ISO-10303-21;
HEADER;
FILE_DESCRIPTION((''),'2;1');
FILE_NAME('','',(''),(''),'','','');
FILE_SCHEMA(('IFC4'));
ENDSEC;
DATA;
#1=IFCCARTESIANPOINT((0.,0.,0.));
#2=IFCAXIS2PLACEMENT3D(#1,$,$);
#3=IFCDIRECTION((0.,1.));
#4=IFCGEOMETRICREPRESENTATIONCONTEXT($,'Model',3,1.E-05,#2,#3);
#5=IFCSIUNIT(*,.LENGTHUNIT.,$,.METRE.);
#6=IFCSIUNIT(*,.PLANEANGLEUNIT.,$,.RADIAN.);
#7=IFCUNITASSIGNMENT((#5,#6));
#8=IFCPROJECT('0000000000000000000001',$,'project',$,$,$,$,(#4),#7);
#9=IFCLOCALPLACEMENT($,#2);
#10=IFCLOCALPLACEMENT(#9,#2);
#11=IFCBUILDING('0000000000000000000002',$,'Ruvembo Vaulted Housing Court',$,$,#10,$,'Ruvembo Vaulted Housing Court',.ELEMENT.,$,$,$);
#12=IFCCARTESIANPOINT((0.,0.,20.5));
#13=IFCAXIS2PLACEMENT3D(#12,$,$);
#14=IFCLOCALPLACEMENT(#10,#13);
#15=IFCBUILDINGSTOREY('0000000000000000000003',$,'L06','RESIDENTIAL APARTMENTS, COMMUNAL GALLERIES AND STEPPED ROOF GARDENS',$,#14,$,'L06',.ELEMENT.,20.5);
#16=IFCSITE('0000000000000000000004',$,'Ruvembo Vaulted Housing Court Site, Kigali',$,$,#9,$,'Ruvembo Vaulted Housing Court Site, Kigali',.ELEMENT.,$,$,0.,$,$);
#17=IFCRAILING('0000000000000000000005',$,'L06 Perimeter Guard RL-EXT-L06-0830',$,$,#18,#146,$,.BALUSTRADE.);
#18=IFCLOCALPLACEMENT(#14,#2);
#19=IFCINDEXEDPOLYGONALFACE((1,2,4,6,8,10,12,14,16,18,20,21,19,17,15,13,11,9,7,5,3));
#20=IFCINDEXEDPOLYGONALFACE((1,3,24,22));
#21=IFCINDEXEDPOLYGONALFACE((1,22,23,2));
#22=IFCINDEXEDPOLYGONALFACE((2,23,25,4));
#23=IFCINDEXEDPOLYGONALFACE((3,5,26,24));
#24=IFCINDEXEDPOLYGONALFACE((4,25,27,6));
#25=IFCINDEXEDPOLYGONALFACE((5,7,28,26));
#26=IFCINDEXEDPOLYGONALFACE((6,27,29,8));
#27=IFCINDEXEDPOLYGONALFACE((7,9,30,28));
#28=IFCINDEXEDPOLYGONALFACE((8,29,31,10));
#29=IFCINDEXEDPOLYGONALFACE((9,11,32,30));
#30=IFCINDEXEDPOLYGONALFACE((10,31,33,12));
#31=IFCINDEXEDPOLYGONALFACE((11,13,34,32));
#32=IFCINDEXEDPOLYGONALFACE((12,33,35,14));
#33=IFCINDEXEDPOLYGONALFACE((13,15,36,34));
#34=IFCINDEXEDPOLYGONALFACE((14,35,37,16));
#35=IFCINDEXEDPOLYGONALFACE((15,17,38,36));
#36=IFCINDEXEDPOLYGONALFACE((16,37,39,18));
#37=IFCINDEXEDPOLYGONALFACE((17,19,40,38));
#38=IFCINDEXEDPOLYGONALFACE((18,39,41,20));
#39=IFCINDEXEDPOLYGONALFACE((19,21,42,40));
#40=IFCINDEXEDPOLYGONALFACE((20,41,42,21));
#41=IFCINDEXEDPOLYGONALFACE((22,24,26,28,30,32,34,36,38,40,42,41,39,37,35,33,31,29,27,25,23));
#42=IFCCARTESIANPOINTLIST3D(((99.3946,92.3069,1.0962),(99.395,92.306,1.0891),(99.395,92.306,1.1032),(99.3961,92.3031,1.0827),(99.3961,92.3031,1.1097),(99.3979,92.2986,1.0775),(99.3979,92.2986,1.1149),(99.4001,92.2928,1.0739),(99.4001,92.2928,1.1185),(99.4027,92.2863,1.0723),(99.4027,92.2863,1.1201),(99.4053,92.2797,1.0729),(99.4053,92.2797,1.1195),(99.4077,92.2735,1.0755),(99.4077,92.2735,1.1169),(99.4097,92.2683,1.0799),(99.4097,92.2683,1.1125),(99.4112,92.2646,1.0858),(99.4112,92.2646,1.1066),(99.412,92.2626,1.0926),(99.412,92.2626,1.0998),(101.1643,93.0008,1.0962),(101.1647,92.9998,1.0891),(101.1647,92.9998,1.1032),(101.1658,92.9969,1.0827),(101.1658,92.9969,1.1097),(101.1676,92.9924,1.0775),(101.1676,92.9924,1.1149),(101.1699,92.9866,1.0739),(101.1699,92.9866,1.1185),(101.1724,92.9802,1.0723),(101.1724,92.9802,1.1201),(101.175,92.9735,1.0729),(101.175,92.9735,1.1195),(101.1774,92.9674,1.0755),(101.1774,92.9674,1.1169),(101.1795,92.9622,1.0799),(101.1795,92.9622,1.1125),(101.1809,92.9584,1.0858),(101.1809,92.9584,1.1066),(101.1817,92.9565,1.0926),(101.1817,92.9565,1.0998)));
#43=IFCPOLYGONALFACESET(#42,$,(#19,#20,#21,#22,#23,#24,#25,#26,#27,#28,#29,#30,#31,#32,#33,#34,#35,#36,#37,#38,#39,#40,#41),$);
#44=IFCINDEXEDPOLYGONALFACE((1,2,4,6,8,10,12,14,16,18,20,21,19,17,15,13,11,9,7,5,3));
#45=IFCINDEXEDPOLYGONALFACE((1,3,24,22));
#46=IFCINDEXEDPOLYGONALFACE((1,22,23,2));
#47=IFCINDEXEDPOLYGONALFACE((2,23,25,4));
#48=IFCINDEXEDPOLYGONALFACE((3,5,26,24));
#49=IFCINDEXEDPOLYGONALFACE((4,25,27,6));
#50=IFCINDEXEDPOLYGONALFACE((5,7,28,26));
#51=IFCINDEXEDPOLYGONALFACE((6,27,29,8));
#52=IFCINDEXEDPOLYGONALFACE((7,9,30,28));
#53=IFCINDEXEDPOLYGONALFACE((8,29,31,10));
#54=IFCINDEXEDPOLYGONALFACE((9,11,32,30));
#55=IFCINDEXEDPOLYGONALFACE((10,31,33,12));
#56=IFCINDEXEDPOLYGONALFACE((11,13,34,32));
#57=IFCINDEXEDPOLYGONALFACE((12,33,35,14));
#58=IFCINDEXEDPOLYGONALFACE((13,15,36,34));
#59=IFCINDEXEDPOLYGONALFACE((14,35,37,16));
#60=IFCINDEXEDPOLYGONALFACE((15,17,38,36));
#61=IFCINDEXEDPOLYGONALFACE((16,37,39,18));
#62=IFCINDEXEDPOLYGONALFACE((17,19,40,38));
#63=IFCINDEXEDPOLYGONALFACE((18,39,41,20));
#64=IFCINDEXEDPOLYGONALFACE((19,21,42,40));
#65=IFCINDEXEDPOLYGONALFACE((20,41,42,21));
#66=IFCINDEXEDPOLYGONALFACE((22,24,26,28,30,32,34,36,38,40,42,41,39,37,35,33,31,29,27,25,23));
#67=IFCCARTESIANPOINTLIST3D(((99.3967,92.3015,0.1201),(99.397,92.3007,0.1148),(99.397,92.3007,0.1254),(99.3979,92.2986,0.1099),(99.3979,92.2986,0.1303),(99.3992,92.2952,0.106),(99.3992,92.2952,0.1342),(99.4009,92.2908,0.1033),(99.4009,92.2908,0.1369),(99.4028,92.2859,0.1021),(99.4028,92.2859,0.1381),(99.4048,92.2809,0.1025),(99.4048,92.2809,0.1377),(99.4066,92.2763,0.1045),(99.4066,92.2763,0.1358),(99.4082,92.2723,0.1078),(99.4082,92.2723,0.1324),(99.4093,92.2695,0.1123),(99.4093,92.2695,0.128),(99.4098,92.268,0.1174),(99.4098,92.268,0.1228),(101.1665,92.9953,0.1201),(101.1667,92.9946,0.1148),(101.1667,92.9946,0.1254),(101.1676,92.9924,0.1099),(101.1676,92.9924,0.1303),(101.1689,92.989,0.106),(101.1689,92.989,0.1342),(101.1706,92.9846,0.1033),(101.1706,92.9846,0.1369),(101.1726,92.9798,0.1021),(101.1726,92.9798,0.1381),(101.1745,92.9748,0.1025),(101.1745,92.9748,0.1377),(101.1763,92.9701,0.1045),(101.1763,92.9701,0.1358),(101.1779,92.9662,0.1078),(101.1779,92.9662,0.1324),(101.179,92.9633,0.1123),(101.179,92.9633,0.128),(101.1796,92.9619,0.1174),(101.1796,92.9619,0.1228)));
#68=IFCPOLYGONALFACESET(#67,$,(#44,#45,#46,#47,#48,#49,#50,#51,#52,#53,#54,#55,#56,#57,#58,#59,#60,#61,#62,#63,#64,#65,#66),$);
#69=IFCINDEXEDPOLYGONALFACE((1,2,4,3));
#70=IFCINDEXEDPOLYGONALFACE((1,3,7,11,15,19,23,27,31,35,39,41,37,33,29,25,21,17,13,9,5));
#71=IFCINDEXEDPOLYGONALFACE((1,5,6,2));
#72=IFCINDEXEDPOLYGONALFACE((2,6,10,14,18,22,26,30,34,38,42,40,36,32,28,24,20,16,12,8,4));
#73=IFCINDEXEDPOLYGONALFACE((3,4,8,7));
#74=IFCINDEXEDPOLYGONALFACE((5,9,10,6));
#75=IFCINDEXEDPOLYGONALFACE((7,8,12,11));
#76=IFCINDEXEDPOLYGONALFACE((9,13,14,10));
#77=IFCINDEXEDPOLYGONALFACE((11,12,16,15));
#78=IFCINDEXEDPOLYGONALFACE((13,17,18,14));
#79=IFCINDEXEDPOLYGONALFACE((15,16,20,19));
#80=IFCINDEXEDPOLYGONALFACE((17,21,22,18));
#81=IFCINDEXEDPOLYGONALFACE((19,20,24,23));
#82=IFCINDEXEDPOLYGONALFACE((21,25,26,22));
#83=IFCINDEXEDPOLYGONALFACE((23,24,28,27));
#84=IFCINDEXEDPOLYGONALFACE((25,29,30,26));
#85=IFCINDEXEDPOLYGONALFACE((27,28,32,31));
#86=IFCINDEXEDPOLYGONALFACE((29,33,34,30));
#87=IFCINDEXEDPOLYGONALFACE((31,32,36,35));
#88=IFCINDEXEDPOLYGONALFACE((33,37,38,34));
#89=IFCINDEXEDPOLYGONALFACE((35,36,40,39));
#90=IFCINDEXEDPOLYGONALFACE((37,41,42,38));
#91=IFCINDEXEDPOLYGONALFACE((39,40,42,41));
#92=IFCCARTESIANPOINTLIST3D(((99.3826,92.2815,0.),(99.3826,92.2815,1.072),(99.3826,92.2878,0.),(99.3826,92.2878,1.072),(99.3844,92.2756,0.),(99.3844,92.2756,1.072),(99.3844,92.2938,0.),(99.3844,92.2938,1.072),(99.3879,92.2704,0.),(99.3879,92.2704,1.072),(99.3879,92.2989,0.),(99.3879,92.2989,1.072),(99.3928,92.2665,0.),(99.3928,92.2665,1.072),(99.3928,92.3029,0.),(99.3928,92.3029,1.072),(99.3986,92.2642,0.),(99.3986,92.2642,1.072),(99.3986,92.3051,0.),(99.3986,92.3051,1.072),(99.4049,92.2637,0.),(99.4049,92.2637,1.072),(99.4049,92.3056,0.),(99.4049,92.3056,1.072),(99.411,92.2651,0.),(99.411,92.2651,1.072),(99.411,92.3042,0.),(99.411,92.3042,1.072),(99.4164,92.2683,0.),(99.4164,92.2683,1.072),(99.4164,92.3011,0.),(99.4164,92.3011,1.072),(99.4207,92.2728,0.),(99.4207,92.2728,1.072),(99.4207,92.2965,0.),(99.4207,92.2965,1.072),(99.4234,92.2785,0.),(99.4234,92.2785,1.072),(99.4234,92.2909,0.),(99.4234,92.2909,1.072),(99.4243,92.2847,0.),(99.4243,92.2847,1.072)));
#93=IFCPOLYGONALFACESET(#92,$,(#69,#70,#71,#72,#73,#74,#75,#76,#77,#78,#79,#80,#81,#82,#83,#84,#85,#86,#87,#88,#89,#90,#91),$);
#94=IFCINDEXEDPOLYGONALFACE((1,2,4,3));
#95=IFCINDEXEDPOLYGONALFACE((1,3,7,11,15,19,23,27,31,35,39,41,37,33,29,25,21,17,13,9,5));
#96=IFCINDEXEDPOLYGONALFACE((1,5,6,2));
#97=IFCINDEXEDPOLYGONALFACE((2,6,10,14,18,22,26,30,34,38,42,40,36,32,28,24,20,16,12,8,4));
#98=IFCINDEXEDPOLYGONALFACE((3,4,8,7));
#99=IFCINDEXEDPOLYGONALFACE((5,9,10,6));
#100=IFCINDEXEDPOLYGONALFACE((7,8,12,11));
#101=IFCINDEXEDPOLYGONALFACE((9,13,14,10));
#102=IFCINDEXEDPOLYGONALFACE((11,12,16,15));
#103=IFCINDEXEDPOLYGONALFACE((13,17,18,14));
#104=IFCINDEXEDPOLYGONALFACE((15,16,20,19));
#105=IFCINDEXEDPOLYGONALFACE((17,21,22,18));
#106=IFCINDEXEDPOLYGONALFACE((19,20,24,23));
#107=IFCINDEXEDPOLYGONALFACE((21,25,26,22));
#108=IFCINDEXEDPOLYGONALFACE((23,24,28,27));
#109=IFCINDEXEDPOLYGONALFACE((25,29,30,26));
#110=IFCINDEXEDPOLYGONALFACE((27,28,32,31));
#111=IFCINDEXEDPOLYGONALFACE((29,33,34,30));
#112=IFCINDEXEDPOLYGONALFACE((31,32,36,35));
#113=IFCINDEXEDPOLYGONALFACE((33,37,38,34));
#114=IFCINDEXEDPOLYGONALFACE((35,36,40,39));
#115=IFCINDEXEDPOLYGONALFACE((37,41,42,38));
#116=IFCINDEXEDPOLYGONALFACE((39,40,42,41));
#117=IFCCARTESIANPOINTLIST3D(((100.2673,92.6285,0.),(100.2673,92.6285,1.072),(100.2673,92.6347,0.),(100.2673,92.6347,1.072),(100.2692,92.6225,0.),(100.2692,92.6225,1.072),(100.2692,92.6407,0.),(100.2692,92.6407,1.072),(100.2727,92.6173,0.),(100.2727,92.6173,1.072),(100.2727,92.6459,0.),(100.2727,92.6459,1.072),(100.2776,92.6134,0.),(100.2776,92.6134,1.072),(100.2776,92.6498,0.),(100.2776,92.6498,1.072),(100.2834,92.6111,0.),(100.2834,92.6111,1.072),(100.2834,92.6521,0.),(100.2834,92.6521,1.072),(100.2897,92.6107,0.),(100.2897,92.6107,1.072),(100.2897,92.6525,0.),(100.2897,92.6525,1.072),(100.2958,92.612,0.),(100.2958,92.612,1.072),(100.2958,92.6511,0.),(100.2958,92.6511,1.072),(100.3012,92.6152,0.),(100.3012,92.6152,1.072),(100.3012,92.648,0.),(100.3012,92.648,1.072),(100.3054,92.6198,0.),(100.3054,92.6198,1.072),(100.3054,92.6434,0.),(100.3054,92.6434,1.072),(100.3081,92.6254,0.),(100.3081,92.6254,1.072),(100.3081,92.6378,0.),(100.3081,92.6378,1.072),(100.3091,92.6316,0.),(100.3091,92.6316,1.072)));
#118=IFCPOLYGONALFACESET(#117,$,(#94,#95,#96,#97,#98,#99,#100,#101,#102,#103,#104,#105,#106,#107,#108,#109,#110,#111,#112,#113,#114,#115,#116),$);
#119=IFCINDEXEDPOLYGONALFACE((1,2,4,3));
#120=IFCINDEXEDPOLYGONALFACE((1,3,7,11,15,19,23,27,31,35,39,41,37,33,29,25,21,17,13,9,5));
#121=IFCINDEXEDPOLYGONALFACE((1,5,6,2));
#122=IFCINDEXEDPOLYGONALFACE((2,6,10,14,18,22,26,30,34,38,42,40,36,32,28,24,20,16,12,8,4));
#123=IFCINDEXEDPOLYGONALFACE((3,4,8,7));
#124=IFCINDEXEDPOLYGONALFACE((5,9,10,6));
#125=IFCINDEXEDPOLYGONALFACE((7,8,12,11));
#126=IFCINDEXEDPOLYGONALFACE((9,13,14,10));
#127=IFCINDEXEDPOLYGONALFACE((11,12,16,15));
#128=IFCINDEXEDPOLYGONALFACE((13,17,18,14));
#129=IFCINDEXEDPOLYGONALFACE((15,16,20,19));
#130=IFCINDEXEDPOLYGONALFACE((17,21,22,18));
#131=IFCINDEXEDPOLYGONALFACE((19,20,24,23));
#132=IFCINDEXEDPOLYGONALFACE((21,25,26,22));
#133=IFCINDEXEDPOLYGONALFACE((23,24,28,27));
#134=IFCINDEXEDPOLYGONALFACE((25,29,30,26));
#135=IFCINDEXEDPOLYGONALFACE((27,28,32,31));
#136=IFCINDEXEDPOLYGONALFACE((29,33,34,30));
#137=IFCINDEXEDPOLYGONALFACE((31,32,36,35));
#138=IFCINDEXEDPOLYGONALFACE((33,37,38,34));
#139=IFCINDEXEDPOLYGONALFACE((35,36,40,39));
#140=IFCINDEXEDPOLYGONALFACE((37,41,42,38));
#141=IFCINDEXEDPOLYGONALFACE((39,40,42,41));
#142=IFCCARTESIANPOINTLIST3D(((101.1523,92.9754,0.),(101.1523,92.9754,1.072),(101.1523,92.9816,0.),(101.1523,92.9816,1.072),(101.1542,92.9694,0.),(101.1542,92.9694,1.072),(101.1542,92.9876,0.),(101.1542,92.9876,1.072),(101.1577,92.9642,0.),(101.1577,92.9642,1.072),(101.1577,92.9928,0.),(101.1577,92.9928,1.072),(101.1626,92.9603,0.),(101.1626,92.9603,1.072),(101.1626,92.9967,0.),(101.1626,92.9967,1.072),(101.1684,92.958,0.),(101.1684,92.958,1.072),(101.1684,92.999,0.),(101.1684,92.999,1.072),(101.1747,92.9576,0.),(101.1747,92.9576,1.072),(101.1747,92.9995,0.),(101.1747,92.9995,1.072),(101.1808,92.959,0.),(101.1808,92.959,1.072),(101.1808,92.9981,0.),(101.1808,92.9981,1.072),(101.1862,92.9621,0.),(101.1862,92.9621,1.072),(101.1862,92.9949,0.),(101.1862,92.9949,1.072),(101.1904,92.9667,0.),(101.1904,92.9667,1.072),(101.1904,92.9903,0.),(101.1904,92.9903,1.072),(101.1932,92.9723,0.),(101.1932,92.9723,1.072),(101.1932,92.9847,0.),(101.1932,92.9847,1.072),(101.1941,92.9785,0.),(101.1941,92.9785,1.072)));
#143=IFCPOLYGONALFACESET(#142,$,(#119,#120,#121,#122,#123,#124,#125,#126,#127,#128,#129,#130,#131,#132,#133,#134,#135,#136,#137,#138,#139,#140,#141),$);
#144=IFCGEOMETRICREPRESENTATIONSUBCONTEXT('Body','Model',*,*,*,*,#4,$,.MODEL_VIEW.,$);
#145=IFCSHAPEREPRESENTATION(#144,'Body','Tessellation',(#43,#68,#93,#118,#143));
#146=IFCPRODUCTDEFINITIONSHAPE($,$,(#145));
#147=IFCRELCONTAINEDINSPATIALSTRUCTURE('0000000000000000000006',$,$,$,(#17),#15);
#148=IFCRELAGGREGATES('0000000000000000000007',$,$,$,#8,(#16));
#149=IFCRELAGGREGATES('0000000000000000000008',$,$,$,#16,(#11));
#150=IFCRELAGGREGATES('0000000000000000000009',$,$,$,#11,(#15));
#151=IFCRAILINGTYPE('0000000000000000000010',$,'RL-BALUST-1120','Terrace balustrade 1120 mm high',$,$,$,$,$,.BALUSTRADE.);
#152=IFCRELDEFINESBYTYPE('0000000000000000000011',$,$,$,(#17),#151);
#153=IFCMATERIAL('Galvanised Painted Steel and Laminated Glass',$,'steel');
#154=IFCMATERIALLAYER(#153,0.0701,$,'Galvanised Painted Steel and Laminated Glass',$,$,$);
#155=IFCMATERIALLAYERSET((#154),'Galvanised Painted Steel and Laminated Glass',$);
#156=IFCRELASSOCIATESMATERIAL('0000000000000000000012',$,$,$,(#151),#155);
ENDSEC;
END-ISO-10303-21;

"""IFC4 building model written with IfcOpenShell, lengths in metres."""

from ifc_helpers import new_model, si_unit, direction, frame, origin, origin_2d, place, context, subcontext, project, spatial, circle, extrude, material, layer, layer_set, type_object, element, save


model = new_model("IFC4")

# Units and contexts
model_context = context("Model", 3, precision=1e-05, world=origin(), true_north=direction((0.0, 1.0)))
body_context = subcontext(model_context, "Body", "Model", "MODEL_VIEW")
ifc_project = project(units=[si_unit("LENGTHUNIT", "METRE"), si_unit("PLANEANGLEUNIT", "RADIAN")], contexts=[model_context])

# Site, building, storey
site_placement = place(None, origin())
site = spatial("IfcSite", under=ifc_project, at=site_placement, Name="Ruvembo Vaulted Housing Court Site, Kigali", LongName="Ruvembo Vaulted Housing Court Site, Kigali", CompositionType="ELEMENT", RefElevation=0.0)
building_placement = place(site_placement, origin())
building = spatial("IfcBuilding", under=site, at=building_placement, Name="Ruvembo Vaulted Housing Court", LongName="Ruvembo Vaulted Housing Court", CompositionType="ELEMENT")
storey_placement = place(building_placement, frame((0.0, 0.0, 20.5)))
storey = spatial("IfcBuildingStorey", under=building, at=storey_placement, Name="L06", Description="RESIDENTIAL APARTMENTS, COMMUNAL GALLERIES AND STEPPED ROOF GARDENS", LongName="L06", CompositionType="ELEMENT", Elevation=20.5)

# Railing
ifc_material_1 = material(Name="Galvanised Painted Steel and Laminated Glass", Category="steel")
ifc_layer = layer(ifc_material_1, 0.0701, Name="Galvanised Painted Steel and Laminated Glass")
ifc_layer_set = layer_set([ifc_layer], Name="Galvanised Painted Steel and Laminated Glass")
railing_type = type_object("IfcRailingType", Name="RL-BALUST-1120", Description="Terrace balustrade 1120 mm high", PredefinedType="BALUSTRADE", material=ifc_layer_set)
railing_1_placement = place(storey_placement, frame((99.4033, 92.2847, 0.0)))
element("IfcRailing", 1, at=railing_1_placement, inside=storey, type_object=railing_type, Name="L06 Perimeter Guard RL-EXT-L06-0830", PredefinedType="BALUSTRADE", context=body_context, shape_type="SweptSolid", body=[
    extrude(circle(Radius=0.0239, at=origin_2d()), frame((0.0, 0.0, 1.0962), z_axis=(0.931006, 0.365005, 0.0), x_axis=(-0.365005, 0.931006, 0.0)), (0.0, 0.0, 1.0), 1.9009),
    extrude(circle(Radius=0.0181, at=origin_2d()), frame((0.0, 0.0, 0.1201), z_axis=(0.931006, 0.365005, 0.0), x_axis=(-0.365005, 0.931006, 0.0)), (0.0, 0.0, 1.0), 1.9009),
    extrude(circle(Radius=0.021, at=origin_2d()), origin(), (0.0, 0.0, 1.0), 1.072),
    extrude(circle(Radius=0.021, at=origin_2d()), frame((0.8848, 0.3469, 0.0)), (0.0, 0.0, 1.0), 1.072),
    extrude(circle(Radius=0.021, at=origin_2d()), frame((1.7698, 0.6938, 0.0)), (0.0, 0.0, 1.0), 1.072),
])

save(model, "model.ifc")
